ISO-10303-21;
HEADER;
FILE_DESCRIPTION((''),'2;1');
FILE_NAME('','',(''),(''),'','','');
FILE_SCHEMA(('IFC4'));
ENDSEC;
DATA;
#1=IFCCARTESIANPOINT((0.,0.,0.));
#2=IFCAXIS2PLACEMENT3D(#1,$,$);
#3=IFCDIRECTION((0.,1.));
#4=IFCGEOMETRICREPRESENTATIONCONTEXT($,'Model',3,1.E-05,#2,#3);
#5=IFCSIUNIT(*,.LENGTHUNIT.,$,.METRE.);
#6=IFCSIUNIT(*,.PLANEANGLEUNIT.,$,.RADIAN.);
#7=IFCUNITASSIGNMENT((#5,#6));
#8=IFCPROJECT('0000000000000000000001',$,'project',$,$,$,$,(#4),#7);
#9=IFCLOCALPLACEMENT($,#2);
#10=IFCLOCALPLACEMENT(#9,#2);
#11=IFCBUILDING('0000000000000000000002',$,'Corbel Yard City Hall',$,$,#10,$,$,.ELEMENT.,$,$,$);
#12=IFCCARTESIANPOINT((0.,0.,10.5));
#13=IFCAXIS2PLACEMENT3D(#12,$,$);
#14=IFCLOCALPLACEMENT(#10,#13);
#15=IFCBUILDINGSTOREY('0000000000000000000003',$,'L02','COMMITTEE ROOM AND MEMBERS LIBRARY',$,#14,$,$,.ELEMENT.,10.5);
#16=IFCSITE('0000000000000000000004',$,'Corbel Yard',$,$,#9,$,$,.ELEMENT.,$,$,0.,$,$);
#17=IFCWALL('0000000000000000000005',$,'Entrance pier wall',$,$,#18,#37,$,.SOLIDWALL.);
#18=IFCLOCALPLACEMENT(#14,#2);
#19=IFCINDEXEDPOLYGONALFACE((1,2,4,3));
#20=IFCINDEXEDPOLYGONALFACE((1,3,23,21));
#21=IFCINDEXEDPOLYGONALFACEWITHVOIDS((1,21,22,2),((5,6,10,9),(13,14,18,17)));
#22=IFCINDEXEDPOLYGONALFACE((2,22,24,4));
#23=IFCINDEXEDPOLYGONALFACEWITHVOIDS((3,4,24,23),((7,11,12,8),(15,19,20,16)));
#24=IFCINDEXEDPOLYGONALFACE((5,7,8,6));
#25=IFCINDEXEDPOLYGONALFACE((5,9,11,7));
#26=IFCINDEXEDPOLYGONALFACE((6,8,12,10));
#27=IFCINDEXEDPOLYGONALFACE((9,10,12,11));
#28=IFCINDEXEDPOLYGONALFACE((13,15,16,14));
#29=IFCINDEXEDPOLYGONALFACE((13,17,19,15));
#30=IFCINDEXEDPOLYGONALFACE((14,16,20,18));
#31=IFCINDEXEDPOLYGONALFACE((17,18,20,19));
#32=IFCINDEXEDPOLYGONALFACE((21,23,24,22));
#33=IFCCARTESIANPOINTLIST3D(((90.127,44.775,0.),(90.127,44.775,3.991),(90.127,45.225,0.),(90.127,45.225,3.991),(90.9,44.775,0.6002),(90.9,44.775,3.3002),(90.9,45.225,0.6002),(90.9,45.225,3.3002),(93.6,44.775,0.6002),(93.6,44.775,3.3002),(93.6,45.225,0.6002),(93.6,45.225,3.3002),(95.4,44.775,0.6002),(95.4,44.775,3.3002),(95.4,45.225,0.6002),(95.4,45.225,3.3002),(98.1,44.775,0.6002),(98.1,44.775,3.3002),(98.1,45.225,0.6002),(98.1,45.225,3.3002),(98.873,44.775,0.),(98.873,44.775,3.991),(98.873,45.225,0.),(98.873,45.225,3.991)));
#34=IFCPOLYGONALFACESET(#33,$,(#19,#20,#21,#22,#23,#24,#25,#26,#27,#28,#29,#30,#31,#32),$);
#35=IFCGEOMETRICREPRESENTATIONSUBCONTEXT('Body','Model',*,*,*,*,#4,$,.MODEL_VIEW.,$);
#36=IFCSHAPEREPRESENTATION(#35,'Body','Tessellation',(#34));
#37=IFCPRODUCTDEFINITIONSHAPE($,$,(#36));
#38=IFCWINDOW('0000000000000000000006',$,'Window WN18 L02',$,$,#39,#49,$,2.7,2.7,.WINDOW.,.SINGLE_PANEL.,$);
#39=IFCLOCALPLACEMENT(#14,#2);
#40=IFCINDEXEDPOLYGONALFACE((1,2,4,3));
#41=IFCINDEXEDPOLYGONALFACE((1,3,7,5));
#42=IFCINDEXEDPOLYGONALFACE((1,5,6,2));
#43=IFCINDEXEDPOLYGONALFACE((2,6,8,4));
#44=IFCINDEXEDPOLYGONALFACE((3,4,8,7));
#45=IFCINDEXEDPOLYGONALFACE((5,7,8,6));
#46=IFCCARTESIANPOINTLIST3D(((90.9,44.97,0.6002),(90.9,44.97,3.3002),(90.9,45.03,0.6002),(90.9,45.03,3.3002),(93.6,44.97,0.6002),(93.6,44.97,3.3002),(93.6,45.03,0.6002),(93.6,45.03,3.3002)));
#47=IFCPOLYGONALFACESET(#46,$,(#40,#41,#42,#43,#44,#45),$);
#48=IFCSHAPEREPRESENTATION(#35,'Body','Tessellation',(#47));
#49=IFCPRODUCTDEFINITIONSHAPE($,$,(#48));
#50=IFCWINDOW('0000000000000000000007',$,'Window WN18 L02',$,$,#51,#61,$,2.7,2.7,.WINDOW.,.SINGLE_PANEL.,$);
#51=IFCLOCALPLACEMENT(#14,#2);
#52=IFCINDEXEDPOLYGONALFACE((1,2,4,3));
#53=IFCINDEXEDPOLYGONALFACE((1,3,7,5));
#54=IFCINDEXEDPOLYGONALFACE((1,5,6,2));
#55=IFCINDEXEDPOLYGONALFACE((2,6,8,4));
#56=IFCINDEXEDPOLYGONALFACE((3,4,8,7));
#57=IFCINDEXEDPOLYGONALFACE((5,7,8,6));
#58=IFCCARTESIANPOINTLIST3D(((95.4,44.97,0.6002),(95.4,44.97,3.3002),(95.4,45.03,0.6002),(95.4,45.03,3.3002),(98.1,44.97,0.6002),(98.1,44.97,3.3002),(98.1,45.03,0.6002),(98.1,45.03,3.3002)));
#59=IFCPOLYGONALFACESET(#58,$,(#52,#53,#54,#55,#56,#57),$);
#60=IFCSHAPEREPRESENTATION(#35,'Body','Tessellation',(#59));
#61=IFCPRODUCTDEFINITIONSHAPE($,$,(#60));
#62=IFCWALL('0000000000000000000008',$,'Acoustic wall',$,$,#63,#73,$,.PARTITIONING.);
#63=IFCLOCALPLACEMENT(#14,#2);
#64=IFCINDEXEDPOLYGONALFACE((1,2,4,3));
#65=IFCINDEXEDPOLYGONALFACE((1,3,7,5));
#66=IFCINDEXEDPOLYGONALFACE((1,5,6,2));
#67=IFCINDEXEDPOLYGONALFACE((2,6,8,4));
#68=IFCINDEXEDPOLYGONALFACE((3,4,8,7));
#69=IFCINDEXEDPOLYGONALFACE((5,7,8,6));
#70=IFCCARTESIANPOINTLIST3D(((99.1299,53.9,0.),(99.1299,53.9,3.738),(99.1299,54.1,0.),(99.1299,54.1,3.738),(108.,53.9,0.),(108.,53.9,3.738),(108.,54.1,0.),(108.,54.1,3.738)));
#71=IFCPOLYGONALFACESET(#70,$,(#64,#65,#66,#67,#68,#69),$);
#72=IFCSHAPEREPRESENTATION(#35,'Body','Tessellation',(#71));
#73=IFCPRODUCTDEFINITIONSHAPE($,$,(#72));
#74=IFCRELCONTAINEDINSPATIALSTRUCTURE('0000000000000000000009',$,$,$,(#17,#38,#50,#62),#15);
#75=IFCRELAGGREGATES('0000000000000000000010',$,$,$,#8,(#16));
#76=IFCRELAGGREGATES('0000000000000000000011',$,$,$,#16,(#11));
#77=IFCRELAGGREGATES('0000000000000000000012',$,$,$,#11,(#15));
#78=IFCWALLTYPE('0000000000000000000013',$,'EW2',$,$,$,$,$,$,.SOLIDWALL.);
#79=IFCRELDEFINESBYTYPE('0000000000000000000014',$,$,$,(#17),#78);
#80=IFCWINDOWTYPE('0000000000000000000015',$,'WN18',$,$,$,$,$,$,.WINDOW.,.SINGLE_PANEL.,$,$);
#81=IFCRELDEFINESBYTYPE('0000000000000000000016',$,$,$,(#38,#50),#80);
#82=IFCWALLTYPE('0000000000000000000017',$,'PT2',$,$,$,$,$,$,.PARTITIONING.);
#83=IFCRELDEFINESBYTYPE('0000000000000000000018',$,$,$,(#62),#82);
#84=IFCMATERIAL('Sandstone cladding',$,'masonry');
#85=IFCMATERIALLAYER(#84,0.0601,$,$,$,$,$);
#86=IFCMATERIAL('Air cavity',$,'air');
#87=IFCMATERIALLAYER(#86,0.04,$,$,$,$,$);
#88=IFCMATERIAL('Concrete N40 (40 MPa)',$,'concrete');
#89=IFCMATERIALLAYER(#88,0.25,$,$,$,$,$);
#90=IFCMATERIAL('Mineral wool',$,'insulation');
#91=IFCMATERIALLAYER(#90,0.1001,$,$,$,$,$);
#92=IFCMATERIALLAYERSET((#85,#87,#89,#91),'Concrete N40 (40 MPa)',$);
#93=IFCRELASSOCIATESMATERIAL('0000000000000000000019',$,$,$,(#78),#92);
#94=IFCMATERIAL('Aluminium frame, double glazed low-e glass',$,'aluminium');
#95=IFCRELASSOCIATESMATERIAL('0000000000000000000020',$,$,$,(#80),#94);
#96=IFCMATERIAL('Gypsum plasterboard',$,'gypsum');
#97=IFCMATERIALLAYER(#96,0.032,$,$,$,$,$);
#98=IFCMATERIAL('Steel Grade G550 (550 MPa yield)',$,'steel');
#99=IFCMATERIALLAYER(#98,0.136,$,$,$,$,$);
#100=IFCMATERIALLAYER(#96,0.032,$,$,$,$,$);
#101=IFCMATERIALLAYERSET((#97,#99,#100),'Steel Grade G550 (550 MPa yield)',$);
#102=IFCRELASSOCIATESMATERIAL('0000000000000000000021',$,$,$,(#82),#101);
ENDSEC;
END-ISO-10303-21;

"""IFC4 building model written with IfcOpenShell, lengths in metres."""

from ifc_helpers import new_model, si_unit, direction, frame, frame_2d, origin, place, context, subcontext, project, spatial, rectangle, extrude, material, layer, layer_set, type_object, element, fill, save


model = new_model("IFC4")

# Units and contexts
model_context = context("Model", 3, precision=1e-05, world=origin(), true_north=direction((0.0, 1.0)))
body_context = subcontext(model_context, "Body", "Model", "MODEL_VIEW")
ifc_project = project(units=[si_unit("LENGTHUNIT", "METRE"), si_unit("PLANEANGLEUNIT", "RADIAN")], contexts=[model_context])

# Site, building, storey
site_placement = place(None, origin())
site = spatial("IfcSite", under=ifc_project, at=site_placement, Name="Corbel Yard", CompositionType="ELEMENT", RefElevation=0.0)
building_placement = place(site_placement, origin())
building = spatial("IfcBuilding", under=site, at=building_placement, Name="Corbel Yard City Hall", CompositionType="ELEMENT")
storey_placement = place(building_placement, frame((0.0, 0.0, 10.5)))
storey = spatial("IfcBuildingStorey", under=building, at=storey_placement, Name="L02", Description="COMMITTEE ROOM AND MEMBERS LIBRARY", CompositionType="ELEMENT", Elevation=10.5)

# Wall, openings, windows
ifc_material_1 = material(Name="Sandstone cladding", Category="masonry")
ifc_layer_1 = layer(ifc_material_1, 0.0601)
ifc_material_2 = material(Name="Air cavity", Category="air")
ifc_layer_2 = layer(ifc_material_2, 0.04)
ifc_material_3 = material(Name="Concrete N40 (40 MPa)", Category="concrete")
ifc_layer_3 = layer(ifc_material_3, 0.25)
ifc_material_4 = material(Name="Mineral wool", Category="insulation")
ifc_layer_4 = layer(ifc_material_4, 0.1001)
ifc_layer_set_1 = layer_set([ifc_layer_1, ifc_layer_2, ifc_layer_3, ifc_layer_4], Name="Concrete N40 (40 MPa)")
wall_type_1 = type_object("IfcWallType", Name="EW2", PredefinedType="SOLIDWALL", material=ifc_layer_set_1)
wall_1_placement = place(storey_placement, frame((90.127, 45.0, 0.0), z_axis=(0.0, 0.0, 1.0), x_axis=(1.0, 0.0, 0.0)))
wall_1 = element("IfcWall", 1, at=wall_1_placement, inside=storey, type_object=wall_type_1, Name="Entrance pier wall", PredefinedType="SOLIDWALL", context=body_context, shape_type="SweptSolid", body=[
    extrude(rectangle(XDim=8.7461, YDim=0.45, at=frame_2d((4.373, 0.0))), origin(), (0.0, 0.0, 1.0), 3.991),
])
opening_1_placement = place(wall_1_placement, frame((0.7729, 0.0, 0.6001)))
opening_1 = element("IfcOpeningElement", 2, at=opening_1_placement, cuts=wall_1, PredefinedType="OPENING", context=body_context, shape_type="SweptSolid", body=[
    extrude(rectangle(XDim=2.7, YDim=2.7, at=frame_2d((1.3501, 1.3501))), frame((0.0, 0.2349, 0.0), z_axis=(0.0, -1.0, 0.0), x_axis=(1.0, 0.0, 0.0)), (0.0, 0.0, 1.0), 0.47),
])
opening_2_placement = place(wall_1_placement, frame((5.2729, 0.0, 0.6001)))
opening_2 = element("IfcOpeningElement", 3, at=opening_2_placement, cuts=wall_1, PredefinedType="OPENING", context=body_context, shape_type="SweptSolid", body=[
    extrude(rectangle(XDim=2.7, YDim=2.7, at=frame_2d((1.3501, 1.3501))), frame((0.0, 0.2349, 0.0), z_axis=(0.0, -1.0, 0.0), x_axis=(1.0, 0.0, 0.0)), (0.0, 0.0, 1.0), 0.47),
])
ifc_material_5 = material(Name="Aluminium frame, double glazed low-e glass", Category="aluminium")
window_type = type_object("IfcWindowType", Name="WN18", PartitioningType="SINGLE_PANEL", PredefinedType="WINDOW", material=ifc_material_5)
window_1_placement = place(opening_1_placement, origin())
window_1 = element("IfcWindow", 4, at=window_1_placement, inside=storey, type_object=window_type, Name="Window WN18 L02", OverallHeight=2.7, OverallWidth=2.7, PartitioningType="SINGLE_PANEL", PredefinedType="WINDOW", context=body_context, shape_type="SweptSolid", body=[
    extrude(rectangle(XDim=2.7, YDim=2.7, at=frame_2d((1.3501, 1.3501))), frame((0.0, 0.03, 0.0), z_axis=(0.0, -1.0, 0.0), x_axis=(1.0, 0.0, 0.0)), (0.0, 0.0, 1.0), 0.0601),
])
fill(opening_1, window_1)
window_2_placement = place(opening_2_placement, origin())
window_2 = element("IfcWindow", 5, at=window_2_placement, inside=storey, type_object=window_type, Name="Window WN18 L02", OverallHeight=2.7, OverallWidth=2.7, PartitioningType="SINGLE_PANEL", PredefinedType="WINDOW", context=body_context, shape_type="SweptSolid", body=[
    extrude(rectangle(XDim=2.7, YDim=2.7, at=frame_2d((1.3501, 1.3501))), frame((0.0, 0.03, 0.0), z_axis=(0.0, -1.0, 0.0), x_axis=(1.0, 0.0, 0.0)), (0.0, 0.0, 1.0), 0.0601),
])
fill(opening_2, window_2)

# Wall
ifc_material_6 = material(Name="Gypsum plasterboard", Category="gypsum")
ifc_layer_5 = layer(ifc_material_6, 0.032)
ifc_material_7 = material(Name="Steel Grade G550 (550 MPa yield)", Category="steel")
ifc_layer_6 = layer(ifc_material_7, 0.136)
ifc_layer_7 = layer(ifc_material_6, 0.032)
ifc_layer_set_2 = layer_set([ifc_layer_5, ifc_layer_6, ifc_layer_7], Name="Steel Grade G550 (550 MPa yield)")
wall_type_2 = type_object("IfcWallType", Name="PT2", PredefinedType="PARTITIONING", material=ifc_layer_set_2)
wall_2_placement = place(storey_placement, frame((99.1299, 54.0, 0.0), z_axis=(0.0, 0.0, 1.0), x_axis=(1.0, 0.0, 0.0)))
element("IfcWall", 6, at=wall_2_placement, inside=storey, type_object=wall_type_2, Name="Acoustic wall", PredefinedType="PARTITIONING", context=body_context, shape_type="SweptSolid", body=[
    extrude(rectangle(XDim=8.8701, YDim=0.2, at=frame_2d((4.4351, 0.0))), origin(), (0.0, 0.0, 1.0), 3.738),
])

save(model, "model.ifc")
